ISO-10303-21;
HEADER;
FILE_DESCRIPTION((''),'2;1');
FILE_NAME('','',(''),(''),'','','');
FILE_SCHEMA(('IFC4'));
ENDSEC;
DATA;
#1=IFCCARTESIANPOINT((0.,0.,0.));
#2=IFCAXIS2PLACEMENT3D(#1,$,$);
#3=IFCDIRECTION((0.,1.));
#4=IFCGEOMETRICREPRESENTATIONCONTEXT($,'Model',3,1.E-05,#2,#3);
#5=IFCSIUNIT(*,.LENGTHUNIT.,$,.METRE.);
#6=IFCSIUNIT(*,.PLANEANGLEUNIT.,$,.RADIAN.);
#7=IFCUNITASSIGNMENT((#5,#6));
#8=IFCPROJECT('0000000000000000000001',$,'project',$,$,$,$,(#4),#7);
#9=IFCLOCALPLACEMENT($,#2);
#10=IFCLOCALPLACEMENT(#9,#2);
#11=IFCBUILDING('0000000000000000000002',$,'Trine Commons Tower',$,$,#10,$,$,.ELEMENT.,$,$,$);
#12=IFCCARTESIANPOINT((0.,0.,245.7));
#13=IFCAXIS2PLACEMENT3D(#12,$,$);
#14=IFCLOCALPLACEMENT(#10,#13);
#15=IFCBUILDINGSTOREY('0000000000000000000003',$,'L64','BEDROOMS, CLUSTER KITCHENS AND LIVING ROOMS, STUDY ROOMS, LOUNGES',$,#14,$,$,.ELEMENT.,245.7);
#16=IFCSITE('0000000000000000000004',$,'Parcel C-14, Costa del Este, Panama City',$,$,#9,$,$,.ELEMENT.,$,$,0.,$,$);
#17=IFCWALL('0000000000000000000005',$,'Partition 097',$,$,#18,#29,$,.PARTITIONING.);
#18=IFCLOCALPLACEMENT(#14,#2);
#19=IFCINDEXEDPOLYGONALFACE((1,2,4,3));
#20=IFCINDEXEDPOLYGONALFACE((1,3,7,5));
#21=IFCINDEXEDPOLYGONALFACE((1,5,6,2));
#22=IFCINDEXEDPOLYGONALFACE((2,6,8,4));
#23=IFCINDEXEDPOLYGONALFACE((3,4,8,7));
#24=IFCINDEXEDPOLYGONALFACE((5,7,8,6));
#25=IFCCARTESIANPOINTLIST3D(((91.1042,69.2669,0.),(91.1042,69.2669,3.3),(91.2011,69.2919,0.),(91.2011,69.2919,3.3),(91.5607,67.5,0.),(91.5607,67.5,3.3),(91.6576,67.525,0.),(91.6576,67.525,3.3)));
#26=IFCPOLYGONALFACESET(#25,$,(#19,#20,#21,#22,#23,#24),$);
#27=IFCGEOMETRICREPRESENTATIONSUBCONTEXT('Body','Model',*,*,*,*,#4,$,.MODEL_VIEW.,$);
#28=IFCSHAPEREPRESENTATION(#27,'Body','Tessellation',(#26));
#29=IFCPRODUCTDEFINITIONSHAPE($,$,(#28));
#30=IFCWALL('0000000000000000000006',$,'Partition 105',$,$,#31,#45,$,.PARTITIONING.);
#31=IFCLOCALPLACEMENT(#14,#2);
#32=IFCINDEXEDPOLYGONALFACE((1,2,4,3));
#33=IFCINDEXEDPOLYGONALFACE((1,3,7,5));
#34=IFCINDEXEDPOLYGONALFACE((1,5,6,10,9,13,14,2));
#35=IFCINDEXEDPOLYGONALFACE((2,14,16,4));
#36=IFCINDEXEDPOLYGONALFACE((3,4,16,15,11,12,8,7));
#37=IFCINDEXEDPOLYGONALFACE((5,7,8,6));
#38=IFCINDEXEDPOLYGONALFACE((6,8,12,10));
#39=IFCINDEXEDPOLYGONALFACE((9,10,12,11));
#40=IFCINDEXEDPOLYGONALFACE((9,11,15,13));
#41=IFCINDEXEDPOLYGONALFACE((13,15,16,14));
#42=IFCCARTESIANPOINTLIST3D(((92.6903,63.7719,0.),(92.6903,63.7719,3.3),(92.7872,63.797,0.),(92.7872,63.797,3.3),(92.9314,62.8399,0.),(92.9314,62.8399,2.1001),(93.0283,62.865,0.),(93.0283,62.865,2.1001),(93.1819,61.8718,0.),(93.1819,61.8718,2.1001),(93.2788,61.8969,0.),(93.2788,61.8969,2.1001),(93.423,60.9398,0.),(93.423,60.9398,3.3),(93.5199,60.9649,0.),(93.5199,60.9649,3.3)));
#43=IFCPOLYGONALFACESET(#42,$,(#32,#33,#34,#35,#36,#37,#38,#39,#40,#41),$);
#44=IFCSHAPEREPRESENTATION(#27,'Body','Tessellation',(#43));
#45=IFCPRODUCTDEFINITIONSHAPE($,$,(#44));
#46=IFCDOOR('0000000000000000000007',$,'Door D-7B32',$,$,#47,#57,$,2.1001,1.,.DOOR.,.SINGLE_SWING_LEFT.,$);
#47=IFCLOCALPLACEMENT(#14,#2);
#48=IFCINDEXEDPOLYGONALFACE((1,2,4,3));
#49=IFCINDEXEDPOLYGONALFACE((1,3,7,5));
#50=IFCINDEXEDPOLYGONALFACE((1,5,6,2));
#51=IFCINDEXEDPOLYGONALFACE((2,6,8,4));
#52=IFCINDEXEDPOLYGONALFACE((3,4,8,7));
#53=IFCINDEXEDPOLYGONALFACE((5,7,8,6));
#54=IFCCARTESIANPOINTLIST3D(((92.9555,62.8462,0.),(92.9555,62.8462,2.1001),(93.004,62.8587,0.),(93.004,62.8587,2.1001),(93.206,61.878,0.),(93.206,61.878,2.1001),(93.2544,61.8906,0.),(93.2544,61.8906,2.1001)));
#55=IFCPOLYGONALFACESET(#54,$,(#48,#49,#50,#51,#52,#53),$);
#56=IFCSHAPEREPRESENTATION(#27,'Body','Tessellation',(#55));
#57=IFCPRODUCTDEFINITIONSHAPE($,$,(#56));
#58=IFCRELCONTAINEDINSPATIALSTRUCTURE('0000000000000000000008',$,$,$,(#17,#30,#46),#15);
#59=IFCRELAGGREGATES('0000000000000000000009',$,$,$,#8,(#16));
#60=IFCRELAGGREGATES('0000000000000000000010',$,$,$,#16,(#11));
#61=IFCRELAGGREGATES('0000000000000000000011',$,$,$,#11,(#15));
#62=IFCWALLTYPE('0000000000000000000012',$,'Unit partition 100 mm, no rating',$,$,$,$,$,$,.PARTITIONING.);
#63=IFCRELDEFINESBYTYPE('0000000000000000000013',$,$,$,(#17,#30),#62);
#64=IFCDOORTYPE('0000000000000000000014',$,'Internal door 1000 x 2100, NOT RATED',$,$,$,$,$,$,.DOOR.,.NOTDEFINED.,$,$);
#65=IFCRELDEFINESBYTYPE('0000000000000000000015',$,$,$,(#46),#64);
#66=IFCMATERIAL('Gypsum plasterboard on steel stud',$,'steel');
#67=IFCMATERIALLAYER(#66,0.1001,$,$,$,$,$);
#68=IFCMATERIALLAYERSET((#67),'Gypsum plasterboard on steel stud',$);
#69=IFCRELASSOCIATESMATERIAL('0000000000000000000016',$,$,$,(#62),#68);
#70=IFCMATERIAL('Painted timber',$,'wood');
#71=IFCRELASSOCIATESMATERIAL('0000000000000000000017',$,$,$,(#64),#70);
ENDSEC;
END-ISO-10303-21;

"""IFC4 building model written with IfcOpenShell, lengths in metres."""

from ifc_helpers import new_model, si_unit, direction, frame, frame_2d, origin, place, context, subcontext, project, spatial, rectangle, extrude, material, layer, layer_set, type_object, element, fill, save


model = new_model("IFC4")

# Units and contexts
model_context = context("Model", 3, precision=1e-05, world=origin(), true_north=direction((0.0, 1.0)))
body_context = subcontext(model_context, "Body", "Model", "MODEL_VIEW")
ifc_project = project(units=[si_unit("LENGTHUNIT", "METRE"), si_unit("PLANEANGLEUNIT", "RADIAN")], contexts=[model_context])

# Site, building, storey
site_placement = place(None, origin())
site = spatial("IfcSite", under=ifc_project, at=site_placement, Name="Parcel C-14, Costa del Este, Panama City", CompositionType="ELEMENT", RefElevation=0.0)
building_placement = place(site_placement, origin())
building = spatial("IfcBuilding", under=site, at=building_placement, Name="Trine Commons Tower", CompositionType="ELEMENT")
storey_placement = place(building_placement, frame((0.0, 0.0, 245.7)))
storey = spatial("IfcBuildingStorey", under=building, at=storey_placement, Name="L64", Description="BEDROOMS, CLUSTER KITCHENS AND LIVING ROOMS, STUDY ROOMS, LOUNGES", CompositionType="ELEMENT", Elevation=245.7)

# Shared definitions
ifc_material_1 = material(Name="Gypsum plasterboard on steel stud", Category="steel")

# Shared definitions
ifc_material_2 = material(Name="Painted timber", Category="wood")

# Shared definitions
ifc_layer_1 = layer(ifc_material_1, 0.1001)
ifc_layer_set_1 = layer_set([ifc_layer_1], Name="Gypsum plasterboard on steel stud")
wall_type_1 = type_object("IfcWallType", Name="Unit partition 100 mm, no rating", PredefinedType="PARTITIONING", material=ifc_layer_set_1)

# Wall
wall_1_placement = place(storey_placement, frame((91.1526, 69.2795, 0.0), z_axis=(0.0, 0.0, 1.0), x_axis=(0.250177, -0.9682, 0.0)))
element("IfcWall", 1, at=wall_1_placement, inside=storey, type_object=wall_type_1, Name="Partition 097", PredefinedType="PARTITIONING", context=body_context, shape_type="SweptSolid", body=[
    extrude(rectangle(XDim=1.825, YDim=0.1001, at=frame_2d((0.9126, 0.0))), origin(), (0.0, 0.0, 1.0), 3.3),
])

# Wall, opening, door
wall_2_placement = place(storey_placement, frame((92.7388, 63.7844, 0.0), z_axis=(0.0, 0.0, 1.0), x_axis=(0.250461, -0.968127, 0.0)))
wall_2 = element("IfcWall", 2, at=wall_2_placement, inside=storey, type_object=wall_type_1, Name="Partition 105", PredefinedType="PARTITIONING", context=body_context, shape_type="SweptSolid", body=[
    extrude(rectangle(XDim=2.9253, YDim=0.1001, at=frame_2d((1.4626, 0.0))), origin(), (0.0, 0.0, 1.0), 3.3),
])
opening_1_placement = place(wall_2_placement, frame((0.9626, 0.0, 0.0)))
opening_1 = element("IfcOpeningElement", 3, at=opening_1_placement, cuts=wall_2, PredefinedType="OPENING", context=body_context, shape_type="SweptSolid", body=[
    extrude(rectangle(XDim=1.0, YDim=2.1001, at=frame_2d((0.5, 1.05))), frame((0.0, 0.0601, 0.0), z_axis=(0.0, -1.0, 0.0), x_axis=(1.0, 0.0, 0.0)), (0.0, 0.0, 1.0), 0.1201),
])
door_type_1 = type_object("IfcDoorType", Name="Internal door 1000 x 2100, NOT RATED", OperationType="NOTDEFINED", PredefinedType="DOOR", material=ifc_material_2)
door_1_placement = place(opening_1_placement, origin())
door_1 = element("IfcDoor", 4, at=door_1_placement, inside=storey, type_object=door_type_1, Name="Door D-7B32", OperationType="SINGLE_SWING_LEFT", OverallHeight=2.1001, OverallWidth=1.0, PredefinedType="DOOR", context=body_context, shape_type="SweptSolid", body=[
    extrude(rectangle(XDim=1.0, YDim=2.1001, at=frame_2d((0.5, 1.05))), frame((0.0, 0.0249, 0.0), z_axis=(0.0, -1.0, 0.0), x_axis=(1.0, 0.0, 0.0)), (0.0, 0.0, 1.0), 0.05),
])
fill(opening_1, door_1)

save(model, "model.ifc")
